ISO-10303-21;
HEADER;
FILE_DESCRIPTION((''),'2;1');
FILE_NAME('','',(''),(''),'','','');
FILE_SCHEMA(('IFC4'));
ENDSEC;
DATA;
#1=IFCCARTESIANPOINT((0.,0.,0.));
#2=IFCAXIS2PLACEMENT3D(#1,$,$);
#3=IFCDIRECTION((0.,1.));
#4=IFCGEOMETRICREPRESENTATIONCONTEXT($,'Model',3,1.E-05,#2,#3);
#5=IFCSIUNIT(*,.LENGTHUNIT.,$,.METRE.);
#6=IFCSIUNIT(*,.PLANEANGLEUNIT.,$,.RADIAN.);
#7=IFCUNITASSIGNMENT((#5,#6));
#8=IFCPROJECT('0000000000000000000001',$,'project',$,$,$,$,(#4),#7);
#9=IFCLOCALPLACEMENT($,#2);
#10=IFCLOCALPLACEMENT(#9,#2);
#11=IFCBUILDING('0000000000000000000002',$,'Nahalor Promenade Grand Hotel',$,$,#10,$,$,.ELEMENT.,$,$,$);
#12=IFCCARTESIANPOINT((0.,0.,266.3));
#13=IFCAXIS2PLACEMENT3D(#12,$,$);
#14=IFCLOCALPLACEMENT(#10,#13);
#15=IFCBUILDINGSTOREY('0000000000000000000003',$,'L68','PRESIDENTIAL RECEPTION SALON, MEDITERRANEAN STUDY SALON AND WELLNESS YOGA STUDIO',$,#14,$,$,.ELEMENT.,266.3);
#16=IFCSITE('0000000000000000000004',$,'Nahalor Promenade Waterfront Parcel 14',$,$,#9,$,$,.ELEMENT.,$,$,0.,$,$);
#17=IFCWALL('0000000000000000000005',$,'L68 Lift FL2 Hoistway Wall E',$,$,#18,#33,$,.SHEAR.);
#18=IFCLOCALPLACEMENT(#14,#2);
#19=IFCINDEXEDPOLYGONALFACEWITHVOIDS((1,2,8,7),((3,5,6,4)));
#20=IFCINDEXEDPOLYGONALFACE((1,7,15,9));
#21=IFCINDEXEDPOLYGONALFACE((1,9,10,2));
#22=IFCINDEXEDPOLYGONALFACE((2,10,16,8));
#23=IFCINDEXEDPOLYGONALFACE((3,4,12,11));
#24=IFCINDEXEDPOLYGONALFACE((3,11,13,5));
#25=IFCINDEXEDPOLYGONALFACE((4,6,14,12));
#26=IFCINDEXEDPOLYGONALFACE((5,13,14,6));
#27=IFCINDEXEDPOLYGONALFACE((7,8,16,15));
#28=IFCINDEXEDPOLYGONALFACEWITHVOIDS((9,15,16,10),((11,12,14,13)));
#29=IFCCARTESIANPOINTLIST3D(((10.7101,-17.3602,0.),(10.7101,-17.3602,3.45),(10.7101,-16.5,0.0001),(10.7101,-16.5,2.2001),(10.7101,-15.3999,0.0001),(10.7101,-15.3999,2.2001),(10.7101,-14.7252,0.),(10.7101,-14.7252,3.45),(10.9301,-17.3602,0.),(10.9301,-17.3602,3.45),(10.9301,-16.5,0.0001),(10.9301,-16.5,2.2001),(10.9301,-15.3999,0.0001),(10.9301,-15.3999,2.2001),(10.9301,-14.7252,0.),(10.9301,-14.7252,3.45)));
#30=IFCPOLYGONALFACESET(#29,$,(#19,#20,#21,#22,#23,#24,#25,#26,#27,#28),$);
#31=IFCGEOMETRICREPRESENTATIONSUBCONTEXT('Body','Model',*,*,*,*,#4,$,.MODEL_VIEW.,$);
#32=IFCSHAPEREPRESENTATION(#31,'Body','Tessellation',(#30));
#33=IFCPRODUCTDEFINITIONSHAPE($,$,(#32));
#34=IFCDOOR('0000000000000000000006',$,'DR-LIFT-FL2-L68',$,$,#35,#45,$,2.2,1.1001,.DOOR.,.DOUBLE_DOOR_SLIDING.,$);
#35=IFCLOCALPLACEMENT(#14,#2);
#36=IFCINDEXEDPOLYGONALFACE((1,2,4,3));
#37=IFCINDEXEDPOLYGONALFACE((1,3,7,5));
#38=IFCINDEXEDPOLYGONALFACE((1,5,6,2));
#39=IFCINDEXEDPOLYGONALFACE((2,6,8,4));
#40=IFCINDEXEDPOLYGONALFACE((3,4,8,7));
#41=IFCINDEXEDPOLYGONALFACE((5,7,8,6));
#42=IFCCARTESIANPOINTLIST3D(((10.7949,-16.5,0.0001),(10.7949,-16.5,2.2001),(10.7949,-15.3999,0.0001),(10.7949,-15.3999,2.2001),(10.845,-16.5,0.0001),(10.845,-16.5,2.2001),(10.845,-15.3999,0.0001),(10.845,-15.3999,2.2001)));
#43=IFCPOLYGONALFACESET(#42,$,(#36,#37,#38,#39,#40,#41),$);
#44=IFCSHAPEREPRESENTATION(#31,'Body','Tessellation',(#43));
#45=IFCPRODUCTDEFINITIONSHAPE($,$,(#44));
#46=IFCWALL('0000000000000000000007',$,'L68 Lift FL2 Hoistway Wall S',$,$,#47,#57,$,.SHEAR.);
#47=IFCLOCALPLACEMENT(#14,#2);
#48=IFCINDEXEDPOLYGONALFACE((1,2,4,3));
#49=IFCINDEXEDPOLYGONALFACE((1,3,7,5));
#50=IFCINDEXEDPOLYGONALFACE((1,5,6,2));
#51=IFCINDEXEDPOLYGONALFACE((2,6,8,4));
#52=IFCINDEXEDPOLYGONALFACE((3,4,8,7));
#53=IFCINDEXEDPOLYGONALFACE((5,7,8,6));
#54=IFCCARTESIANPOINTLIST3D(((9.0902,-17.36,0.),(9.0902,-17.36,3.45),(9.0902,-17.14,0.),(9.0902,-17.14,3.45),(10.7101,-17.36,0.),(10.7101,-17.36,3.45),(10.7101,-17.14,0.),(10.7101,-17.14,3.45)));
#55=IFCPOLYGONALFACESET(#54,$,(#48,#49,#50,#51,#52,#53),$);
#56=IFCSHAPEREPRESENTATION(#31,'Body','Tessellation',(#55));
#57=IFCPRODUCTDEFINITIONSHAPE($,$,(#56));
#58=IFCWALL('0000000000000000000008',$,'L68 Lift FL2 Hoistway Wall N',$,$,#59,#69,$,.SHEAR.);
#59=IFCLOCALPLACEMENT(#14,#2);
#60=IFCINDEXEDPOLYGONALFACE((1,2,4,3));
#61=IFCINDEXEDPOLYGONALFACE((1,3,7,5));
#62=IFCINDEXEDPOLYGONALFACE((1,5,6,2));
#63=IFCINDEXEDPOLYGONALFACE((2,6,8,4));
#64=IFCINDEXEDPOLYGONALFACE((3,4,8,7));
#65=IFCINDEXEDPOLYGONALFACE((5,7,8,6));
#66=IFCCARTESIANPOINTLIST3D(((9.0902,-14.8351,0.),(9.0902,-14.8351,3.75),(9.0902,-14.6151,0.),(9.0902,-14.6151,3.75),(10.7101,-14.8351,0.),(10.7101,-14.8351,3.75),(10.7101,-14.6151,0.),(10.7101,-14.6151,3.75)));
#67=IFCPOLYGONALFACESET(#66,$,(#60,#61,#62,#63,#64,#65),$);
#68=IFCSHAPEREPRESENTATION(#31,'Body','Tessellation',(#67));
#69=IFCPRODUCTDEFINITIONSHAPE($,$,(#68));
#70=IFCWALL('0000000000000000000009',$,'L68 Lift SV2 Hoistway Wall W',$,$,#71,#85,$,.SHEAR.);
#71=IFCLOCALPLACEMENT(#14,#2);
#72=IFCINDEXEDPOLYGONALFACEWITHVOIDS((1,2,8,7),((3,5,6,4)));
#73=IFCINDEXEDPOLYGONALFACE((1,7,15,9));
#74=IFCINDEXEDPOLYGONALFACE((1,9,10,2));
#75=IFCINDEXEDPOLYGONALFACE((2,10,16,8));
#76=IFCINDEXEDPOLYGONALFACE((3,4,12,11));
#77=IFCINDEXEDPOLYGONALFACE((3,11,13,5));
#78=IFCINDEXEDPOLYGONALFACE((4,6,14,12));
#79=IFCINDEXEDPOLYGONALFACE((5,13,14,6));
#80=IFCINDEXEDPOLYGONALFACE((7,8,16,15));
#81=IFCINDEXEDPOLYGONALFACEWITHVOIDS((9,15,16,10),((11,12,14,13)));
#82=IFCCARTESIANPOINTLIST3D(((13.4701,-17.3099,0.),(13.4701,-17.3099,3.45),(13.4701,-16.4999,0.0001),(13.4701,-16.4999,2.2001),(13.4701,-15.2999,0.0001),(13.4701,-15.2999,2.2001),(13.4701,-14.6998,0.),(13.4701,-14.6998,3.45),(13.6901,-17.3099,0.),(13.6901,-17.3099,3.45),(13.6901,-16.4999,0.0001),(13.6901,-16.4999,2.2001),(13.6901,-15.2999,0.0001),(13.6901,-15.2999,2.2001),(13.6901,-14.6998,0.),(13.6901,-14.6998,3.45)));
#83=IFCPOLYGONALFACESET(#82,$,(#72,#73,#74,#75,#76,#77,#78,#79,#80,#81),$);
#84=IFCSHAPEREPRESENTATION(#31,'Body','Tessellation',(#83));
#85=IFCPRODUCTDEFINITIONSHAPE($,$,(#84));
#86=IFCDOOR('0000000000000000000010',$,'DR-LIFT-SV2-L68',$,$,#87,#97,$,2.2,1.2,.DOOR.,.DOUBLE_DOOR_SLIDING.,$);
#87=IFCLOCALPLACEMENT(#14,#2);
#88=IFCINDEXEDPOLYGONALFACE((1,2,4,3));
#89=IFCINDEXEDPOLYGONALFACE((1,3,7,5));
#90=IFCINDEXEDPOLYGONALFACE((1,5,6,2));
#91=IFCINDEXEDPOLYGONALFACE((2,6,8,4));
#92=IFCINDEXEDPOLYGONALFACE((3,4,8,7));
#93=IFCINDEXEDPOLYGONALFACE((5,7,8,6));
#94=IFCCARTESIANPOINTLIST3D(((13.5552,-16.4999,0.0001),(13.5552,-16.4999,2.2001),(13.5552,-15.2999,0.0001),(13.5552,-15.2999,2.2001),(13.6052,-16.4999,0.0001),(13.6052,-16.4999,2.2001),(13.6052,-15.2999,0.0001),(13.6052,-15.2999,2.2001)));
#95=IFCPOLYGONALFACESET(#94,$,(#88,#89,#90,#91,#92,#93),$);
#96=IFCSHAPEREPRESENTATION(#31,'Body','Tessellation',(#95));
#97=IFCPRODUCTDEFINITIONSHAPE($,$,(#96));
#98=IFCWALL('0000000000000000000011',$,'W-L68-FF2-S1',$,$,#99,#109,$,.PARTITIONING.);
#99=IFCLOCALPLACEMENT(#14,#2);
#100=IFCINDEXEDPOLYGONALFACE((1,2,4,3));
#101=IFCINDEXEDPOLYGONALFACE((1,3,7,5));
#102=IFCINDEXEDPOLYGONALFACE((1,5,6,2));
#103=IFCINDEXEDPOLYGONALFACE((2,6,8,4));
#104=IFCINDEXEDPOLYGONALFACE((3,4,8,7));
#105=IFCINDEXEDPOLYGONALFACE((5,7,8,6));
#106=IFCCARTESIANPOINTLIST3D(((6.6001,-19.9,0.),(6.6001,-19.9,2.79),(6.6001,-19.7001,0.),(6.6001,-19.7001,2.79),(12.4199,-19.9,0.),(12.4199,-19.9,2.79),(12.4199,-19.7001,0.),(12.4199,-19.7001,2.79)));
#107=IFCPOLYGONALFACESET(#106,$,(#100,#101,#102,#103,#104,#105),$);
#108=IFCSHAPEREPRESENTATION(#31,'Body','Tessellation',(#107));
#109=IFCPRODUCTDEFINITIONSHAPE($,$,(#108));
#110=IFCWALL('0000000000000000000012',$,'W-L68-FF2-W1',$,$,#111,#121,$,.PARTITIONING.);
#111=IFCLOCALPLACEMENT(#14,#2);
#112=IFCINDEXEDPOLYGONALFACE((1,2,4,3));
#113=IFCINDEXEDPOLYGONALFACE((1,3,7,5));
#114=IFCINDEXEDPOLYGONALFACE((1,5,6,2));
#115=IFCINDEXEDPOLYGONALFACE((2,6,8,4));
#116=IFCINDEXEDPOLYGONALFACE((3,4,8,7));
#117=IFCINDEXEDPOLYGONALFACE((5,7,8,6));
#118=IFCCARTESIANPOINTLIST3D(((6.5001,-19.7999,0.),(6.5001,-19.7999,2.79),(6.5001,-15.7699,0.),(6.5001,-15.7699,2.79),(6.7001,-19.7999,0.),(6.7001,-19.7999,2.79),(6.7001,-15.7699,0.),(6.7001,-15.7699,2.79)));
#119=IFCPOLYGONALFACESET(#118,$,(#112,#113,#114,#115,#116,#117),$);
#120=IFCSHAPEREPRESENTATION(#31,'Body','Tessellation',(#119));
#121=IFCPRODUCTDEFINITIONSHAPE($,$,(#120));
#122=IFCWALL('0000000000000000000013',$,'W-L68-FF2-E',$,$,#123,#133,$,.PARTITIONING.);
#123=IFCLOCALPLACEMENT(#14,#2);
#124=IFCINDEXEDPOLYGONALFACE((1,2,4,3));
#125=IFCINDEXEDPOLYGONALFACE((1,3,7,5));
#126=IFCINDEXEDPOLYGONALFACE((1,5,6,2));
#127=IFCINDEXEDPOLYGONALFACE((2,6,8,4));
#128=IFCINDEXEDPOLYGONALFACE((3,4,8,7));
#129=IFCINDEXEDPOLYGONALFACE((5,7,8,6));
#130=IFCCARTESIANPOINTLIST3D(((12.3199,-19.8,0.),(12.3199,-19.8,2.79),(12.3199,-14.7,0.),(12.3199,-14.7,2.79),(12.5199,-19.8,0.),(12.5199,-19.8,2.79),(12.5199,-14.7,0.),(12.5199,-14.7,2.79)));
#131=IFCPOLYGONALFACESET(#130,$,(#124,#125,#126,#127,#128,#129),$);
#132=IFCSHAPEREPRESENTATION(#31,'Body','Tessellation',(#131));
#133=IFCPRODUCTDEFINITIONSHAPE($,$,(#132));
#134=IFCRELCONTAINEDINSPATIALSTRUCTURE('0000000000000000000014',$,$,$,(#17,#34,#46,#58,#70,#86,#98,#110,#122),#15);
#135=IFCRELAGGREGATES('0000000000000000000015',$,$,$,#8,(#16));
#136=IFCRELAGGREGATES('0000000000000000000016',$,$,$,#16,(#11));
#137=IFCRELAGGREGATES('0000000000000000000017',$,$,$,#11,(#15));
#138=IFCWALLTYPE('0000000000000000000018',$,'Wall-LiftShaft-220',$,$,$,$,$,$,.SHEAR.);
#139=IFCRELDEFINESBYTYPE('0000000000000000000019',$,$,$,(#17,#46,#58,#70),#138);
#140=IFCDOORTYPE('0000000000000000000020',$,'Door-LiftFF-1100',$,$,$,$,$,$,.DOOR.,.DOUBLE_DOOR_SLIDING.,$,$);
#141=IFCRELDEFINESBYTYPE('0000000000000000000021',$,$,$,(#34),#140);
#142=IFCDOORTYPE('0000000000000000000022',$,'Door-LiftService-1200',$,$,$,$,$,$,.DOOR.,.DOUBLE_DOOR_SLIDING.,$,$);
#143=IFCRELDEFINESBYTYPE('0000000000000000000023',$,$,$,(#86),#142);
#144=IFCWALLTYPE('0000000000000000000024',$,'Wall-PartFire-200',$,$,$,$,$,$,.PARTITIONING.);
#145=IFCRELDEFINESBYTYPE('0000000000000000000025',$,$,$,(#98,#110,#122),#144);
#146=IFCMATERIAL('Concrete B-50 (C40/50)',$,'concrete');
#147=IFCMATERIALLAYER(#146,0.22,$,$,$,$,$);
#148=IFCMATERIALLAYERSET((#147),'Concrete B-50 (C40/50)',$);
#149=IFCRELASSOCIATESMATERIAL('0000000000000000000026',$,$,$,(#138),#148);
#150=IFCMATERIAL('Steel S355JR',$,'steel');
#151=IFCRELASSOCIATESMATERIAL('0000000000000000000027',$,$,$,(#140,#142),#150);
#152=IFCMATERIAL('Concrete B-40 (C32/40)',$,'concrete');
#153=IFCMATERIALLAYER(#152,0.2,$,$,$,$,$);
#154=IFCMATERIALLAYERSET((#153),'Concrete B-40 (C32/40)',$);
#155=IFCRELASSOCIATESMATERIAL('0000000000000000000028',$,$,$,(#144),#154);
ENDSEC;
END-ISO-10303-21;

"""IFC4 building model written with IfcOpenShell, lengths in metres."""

from ifc_helpers import new_model, si_unit, direction, frame, frame_2d, origin, place, context, subcontext, project, spatial, rectangle, extrude, source, transform, mapped, material, layer, layer_set, type_object, element, fill, save


model = new_model("IFC4")

# Units and contexts
model_context = context("Model", 3, precision=1e-05, world=origin(), true_north=direction((0.0, 1.0)))
body_context = subcontext(model_context, "Body", "Model", "MODEL_VIEW")
ifc_project = project(units=[si_unit("LENGTHUNIT", "METRE"), si_unit("PLANEANGLEUNIT", "RADIAN")], contexts=[model_context])

# Site, building, storey
site_placement = place(None, origin())
site = spatial("IfcSite", under=ifc_project, at=site_placement, Name="Nahalor Promenade Waterfront Parcel 14", CompositionType="ELEMENT", RefElevation=0.0)
building_placement = place(site_placement, origin())
building = spatial("IfcBuilding", under=site, at=building_placement, Name="Nahalor Promenade Grand Hotel", CompositionType="ELEMENT")
storey_placement = place(building_placement, frame((0.0, 0.0, 266.3)))
storey = spatial("IfcBuildingStorey", under=building, at=storey_placement, Name="L68", Description="PRESIDENTIAL RECEPTION SALON, MEDITERRANEAN STUDY SALON AND WELLNESS YOGA STUDIO", CompositionType="ELEMENT", Elevation=266.3)

# Shared definitions
ifc_material_1 = material(Name="Concrete B-50 (C40/50)", Category="concrete")
ifc_material_2 = material(Name="Steel S355JR", Category="steel")

# Shared definitions
ifc_layer_1 = layer(ifc_material_1, 0.22)
ifc_layer_set_1 = layer_set([ifc_layer_1], Name="Concrete B-50 (C40/50)")
wall_type_1 = type_object("IfcWallType", Name="Wall-LiftShaft-220", PredefinedType="SHEAR", material=ifc_layer_set_1)

# Shared definitions
shared_shape_1 = source(origin(), body_context, "Body", "SweptSolid", [
    extrude(rectangle(XDim=2.635, YDim=0.22, at=frame_2d((1.3174, 0.0))), origin(), (0.0, 0.0, 1.0), 3.45),
])

# Wall, opening, door
wall_1_placement = place(storey_placement, frame((10.8201, -17.3601, 0.0), z_axis=(0.0, 0.0, 1.0), x_axis=(0.0, 1.0, 0.0)))
wall_1 = element("IfcWall", 1, at=wall_1_placement, inside=storey, type_object=wall_type_1, Name="L68 Lift FL2 Hoistway Wall E", PredefinedType="SHEAR", context=body_context, shape_type="MappedRepresentation", body=[
    mapped(shared_shape_1, transform((0.0, 0.0, 0.0), scale=1.0)),
])
opening_1_placement = place(wall_1_placement, frame((0.8601, 0.0, 0.0)))
opening_1 = element("IfcOpeningElement", 2, at=opening_1_placement, cuts=wall_1, PredefinedType="OPENING", context=body_context, shape_type="SweptSolid", body=[
    extrude(rectangle(XDim=1.1001, YDim=2.2, at=frame_2d((0.55, 1.1001))), frame((0.0, 0.1199, 0.0), z_axis=(0.0, -1.0, 0.0), x_axis=(1.0, 0.0, 0.0)), (0.0, 0.0, 1.0), 0.24),
])
door_type_1 = type_object("IfcDoorType", Name="Door-LiftFF-1100", OperationType="DOUBLE_DOOR_SLIDING", PredefinedType="DOOR", material=ifc_material_2)
shared_shape_2 = source(origin(), body_context, "Body", "SweptSolid", [
    extrude(rectangle(XDim=1.1001, YDim=2.2, at=frame_2d((0.55, 1.1001))), frame((0.0, 0.0249, 0.0), z_axis=(0.0, -1.0, 0.0), x_axis=(1.0, 0.0, 0.0)), (0.0, 0.0, 1.0), 0.05),
])
door_1_placement = place(opening_1_placement, frame((1.1001, 0.0, 0.0), z_axis=(0.0, 0.0, 1.0), x_axis=(-1.0, 0.0, 0.0)))
door_1 = element("IfcDoor", 3, at=door_1_placement, inside=storey, type_object=door_type_1, Name="DR-LIFT-FL2-L68", OperationType="DOUBLE_DOOR_SLIDING", OverallHeight=2.2, OverallWidth=1.1001, PredefinedType="DOOR", context=body_context, shape_type="MappedRepresentation", body=[
    mapped(shared_shape_2, transform((0.0, 0.0, 0.0), scale=1.0)),
])
fill(opening_1, door_1)

# Walls
shared_shape_3 = source(origin(), body_context, "Body", "SweptSolid", [
    extrude(rectangle(XDim=1.6199, YDim=0.22, at=frame_2d((0.8101, 0.0))), origin(), (0.0, 0.0, 1.0), 3.45),
])
wall_2_placement = place(storey_placement, frame((9.0901, -17.25, 0.0), z_axis=(0.0, 0.0, 1.0), x_axis=(1.0, 0.0, 0.0)))
element("IfcWall", 4, at=wall_2_placement, inside=storey, type_object=wall_type_1, Name="L68 Lift FL2 Hoistway Wall S", PredefinedType="SHEAR", context=body_context, shape_type="MappedRepresentation", body=[
    mapped(shared_shape_3, transform((0.0, 0.0, 0.0), scale=1.0)),
])
shared_shape_4 = source(origin(), body_context, "Body", "SweptSolid", [
    extrude(rectangle(XDim=1.6199, YDim=0.22, at=frame_2d((0.8101, 0.0))), origin(), (0.0, 0.0, 1.0), 3.75),
])
wall_3_placement = place(storey_placement, frame((9.0901, -14.7251, 0.0), z_axis=(0.0, 0.0, 1.0), x_axis=(1.0, 0.0, 0.0)))
element("IfcWall", 5, at=wall_3_placement, inside=storey, type_object=wall_type_1, Name="L68 Lift FL2 Hoistway Wall N", PredefinedType="SHEAR", context=body_context, shape_type="MappedRepresentation", body=[
    mapped(shared_shape_4, transform((0.0, 0.0, 0.0), scale=1.0)),
])

# Wall, opening, door
shared_shape_5 = source(origin(), body_context, "Body", "SweptSolid", [
    extrude(rectangle(XDim=2.6101, YDim=0.22, at=frame_2d((1.3052, 0.0))), origin(), (0.0, 0.0, 1.0), 3.45),
])
wall_4_placement = place(storey_placement, frame((13.5801, -17.3101, 0.0), z_axis=(0.0, 0.0, 1.0), x_axis=(0.0, 1.0, 0.0)))
wall_4 = element("IfcWall", 6, at=wall_4_placement, inside=storey, type_object=wall_type_1, Name="L68 Lift SV2 Hoistway Wall W", PredefinedType="SHEAR", context=body_context, shape_type="MappedRepresentation", body=[
    mapped(shared_shape_5, transform((0.0, 0.0, 0.0), scale=1.0)),
])
opening_2_placement = place(wall_4_placement, frame((0.8101, 0.0, 0.0)))
opening_2 = element("IfcOpeningElement", 7, at=opening_2_placement, cuts=wall_4, PredefinedType="OPENING", context=body_context, shape_type="SweptSolid", body=[
    extrude(rectangle(XDim=1.2, YDim=2.2, at=frame_2d((0.6001, 1.1001))), frame((0.0, 0.1199, 0.0), z_axis=(0.0, -1.0, 0.0), x_axis=(1.0, 0.0, 0.0)), (0.0, 0.0, 1.0), 0.24),
])
door_type_2 = type_object("IfcDoorType", Name="Door-LiftService-1200", OperationType="DOUBLE_DOOR_SLIDING", PredefinedType="DOOR", material=ifc_material_2)
shared_shape_6 = source(origin(), body_context, "Body", "SweptSolid", [
    extrude(rectangle(XDim=1.2, YDim=2.2, at=frame_2d((0.6001, 1.1001))), frame((0.0, 0.0249, 0.0), z_axis=(0.0, -1.0, 0.0), x_axis=(1.0, 0.0, 0.0)), (0.0, 0.0, 1.0), 0.05),
])
door_2_placement = place(opening_2_placement, origin())
door_2 = element("IfcDoor", 8, at=door_2_placement, inside=storey, type_object=door_type_2, Name="DR-LIFT-SV2-L68", OperationType="DOUBLE_DOOR_SLIDING", OverallHeight=2.2, OverallWidth=1.2, PredefinedType="DOOR", context=body_context, shape_type="MappedRepresentation", body=[
    mapped(shared_shape_6, transform((0.0, 0.0, 0.0), scale=1.0)),
])
fill(opening_2, door_2)

# Walls
ifc_material_3 = material(Name="Concrete B-40 (C32/40)", Category="concrete")
ifc_layer_2 = layer(ifc_material_3, 0.2)
ifc_layer_set_2 = layer_set([ifc_layer_2], Name="Concrete B-40 (C32/40)")
wall_type_2 = type_object("IfcWallType", Name="Wall-PartFire-200", PredefinedType="PARTITIONING", material=ifc_layer_set_2)
shared_shape_7 = source(origin(), body_context, "Body", "SweptSolid", [
    extrude(rectangle(XDim=5.8198, YDim=0.2, at=frame_2d((2.9099, 0.0))), origin(), (0.0, 0.0, 1.0), 2.79),
])
wall_5_placement = place(storey_placement, frame((6.6001, -19.8, 0.0), z_axis=(0.0, 0.0, 1.0), x_axis=(1.0, 0.0, 0.0)))
element("IfcWall", 9, at=wall_5_placement, inside=storey, type_object=wall_type_2, Name="W-L68-FF2-S1", PredefinedType="PARTITIONING", context=body_context, shape_type="MappedRepresentation", body=[
    mapped(shared_shape_7, transform((0.0, 0.0, 0.0), scale=1.0)),
])
shared_shape_8 = source(origin(), body_context, "Body", "SweptSolid", [
    extrude(rectangle(XDim=4.03, YDim=0.2, at=frame_2d((2.0151, 0.0))), origin(), (0.0, 0.0, 1.0), 2.79),
])
wall_6_placement = place(storey_placement, frame((6.6001, -19.8, 0.0), z_axis=(0.0, 0.0, 1.0), x_axis=(0.0, 1.0, 0.0)))
element("IfcWall", 10, at=wall_6_placement, inside=storey, type_object=wall_type_2, Name="W-L68-FF2-W1", PredefinedType="PARTITIONING", context=body_context, shape_type="MappedRepresentation", body=[
    mapped(shared_shape_8, transform((0.0, 0.0, 0.0), scale=1.0)),
])
shared_shape_9 = source(origin(), body_context, "Body", "SweptSolid", [
    extrude(rectangle(XDim=5.1001, YDim=0.2, at=frame_2d((2.55, 0.0))), origin(), (0.0, 0.0, 1.0), 2.79),
])
wall_7_placement = place(storey_placement, frame((12.4199, -19.8, 0.0), z_axis=(0.0, 0.0, 1.0), x_axis=(0.0, 1.0, 0.0)))
element("IfcWall", 11, at=wall_7_placement, inside=storey, type_object=wall_type_2, Name="W-L68-FF2-E", PredefinedType="PARTITIONING", context=body_context, shape_type="MappedRepresentation", body=[
    mapped(shared_shape_9, transform((0.0, 0.0, 0.0), scale=1.0)),
])

save(model, "model.ifc")
